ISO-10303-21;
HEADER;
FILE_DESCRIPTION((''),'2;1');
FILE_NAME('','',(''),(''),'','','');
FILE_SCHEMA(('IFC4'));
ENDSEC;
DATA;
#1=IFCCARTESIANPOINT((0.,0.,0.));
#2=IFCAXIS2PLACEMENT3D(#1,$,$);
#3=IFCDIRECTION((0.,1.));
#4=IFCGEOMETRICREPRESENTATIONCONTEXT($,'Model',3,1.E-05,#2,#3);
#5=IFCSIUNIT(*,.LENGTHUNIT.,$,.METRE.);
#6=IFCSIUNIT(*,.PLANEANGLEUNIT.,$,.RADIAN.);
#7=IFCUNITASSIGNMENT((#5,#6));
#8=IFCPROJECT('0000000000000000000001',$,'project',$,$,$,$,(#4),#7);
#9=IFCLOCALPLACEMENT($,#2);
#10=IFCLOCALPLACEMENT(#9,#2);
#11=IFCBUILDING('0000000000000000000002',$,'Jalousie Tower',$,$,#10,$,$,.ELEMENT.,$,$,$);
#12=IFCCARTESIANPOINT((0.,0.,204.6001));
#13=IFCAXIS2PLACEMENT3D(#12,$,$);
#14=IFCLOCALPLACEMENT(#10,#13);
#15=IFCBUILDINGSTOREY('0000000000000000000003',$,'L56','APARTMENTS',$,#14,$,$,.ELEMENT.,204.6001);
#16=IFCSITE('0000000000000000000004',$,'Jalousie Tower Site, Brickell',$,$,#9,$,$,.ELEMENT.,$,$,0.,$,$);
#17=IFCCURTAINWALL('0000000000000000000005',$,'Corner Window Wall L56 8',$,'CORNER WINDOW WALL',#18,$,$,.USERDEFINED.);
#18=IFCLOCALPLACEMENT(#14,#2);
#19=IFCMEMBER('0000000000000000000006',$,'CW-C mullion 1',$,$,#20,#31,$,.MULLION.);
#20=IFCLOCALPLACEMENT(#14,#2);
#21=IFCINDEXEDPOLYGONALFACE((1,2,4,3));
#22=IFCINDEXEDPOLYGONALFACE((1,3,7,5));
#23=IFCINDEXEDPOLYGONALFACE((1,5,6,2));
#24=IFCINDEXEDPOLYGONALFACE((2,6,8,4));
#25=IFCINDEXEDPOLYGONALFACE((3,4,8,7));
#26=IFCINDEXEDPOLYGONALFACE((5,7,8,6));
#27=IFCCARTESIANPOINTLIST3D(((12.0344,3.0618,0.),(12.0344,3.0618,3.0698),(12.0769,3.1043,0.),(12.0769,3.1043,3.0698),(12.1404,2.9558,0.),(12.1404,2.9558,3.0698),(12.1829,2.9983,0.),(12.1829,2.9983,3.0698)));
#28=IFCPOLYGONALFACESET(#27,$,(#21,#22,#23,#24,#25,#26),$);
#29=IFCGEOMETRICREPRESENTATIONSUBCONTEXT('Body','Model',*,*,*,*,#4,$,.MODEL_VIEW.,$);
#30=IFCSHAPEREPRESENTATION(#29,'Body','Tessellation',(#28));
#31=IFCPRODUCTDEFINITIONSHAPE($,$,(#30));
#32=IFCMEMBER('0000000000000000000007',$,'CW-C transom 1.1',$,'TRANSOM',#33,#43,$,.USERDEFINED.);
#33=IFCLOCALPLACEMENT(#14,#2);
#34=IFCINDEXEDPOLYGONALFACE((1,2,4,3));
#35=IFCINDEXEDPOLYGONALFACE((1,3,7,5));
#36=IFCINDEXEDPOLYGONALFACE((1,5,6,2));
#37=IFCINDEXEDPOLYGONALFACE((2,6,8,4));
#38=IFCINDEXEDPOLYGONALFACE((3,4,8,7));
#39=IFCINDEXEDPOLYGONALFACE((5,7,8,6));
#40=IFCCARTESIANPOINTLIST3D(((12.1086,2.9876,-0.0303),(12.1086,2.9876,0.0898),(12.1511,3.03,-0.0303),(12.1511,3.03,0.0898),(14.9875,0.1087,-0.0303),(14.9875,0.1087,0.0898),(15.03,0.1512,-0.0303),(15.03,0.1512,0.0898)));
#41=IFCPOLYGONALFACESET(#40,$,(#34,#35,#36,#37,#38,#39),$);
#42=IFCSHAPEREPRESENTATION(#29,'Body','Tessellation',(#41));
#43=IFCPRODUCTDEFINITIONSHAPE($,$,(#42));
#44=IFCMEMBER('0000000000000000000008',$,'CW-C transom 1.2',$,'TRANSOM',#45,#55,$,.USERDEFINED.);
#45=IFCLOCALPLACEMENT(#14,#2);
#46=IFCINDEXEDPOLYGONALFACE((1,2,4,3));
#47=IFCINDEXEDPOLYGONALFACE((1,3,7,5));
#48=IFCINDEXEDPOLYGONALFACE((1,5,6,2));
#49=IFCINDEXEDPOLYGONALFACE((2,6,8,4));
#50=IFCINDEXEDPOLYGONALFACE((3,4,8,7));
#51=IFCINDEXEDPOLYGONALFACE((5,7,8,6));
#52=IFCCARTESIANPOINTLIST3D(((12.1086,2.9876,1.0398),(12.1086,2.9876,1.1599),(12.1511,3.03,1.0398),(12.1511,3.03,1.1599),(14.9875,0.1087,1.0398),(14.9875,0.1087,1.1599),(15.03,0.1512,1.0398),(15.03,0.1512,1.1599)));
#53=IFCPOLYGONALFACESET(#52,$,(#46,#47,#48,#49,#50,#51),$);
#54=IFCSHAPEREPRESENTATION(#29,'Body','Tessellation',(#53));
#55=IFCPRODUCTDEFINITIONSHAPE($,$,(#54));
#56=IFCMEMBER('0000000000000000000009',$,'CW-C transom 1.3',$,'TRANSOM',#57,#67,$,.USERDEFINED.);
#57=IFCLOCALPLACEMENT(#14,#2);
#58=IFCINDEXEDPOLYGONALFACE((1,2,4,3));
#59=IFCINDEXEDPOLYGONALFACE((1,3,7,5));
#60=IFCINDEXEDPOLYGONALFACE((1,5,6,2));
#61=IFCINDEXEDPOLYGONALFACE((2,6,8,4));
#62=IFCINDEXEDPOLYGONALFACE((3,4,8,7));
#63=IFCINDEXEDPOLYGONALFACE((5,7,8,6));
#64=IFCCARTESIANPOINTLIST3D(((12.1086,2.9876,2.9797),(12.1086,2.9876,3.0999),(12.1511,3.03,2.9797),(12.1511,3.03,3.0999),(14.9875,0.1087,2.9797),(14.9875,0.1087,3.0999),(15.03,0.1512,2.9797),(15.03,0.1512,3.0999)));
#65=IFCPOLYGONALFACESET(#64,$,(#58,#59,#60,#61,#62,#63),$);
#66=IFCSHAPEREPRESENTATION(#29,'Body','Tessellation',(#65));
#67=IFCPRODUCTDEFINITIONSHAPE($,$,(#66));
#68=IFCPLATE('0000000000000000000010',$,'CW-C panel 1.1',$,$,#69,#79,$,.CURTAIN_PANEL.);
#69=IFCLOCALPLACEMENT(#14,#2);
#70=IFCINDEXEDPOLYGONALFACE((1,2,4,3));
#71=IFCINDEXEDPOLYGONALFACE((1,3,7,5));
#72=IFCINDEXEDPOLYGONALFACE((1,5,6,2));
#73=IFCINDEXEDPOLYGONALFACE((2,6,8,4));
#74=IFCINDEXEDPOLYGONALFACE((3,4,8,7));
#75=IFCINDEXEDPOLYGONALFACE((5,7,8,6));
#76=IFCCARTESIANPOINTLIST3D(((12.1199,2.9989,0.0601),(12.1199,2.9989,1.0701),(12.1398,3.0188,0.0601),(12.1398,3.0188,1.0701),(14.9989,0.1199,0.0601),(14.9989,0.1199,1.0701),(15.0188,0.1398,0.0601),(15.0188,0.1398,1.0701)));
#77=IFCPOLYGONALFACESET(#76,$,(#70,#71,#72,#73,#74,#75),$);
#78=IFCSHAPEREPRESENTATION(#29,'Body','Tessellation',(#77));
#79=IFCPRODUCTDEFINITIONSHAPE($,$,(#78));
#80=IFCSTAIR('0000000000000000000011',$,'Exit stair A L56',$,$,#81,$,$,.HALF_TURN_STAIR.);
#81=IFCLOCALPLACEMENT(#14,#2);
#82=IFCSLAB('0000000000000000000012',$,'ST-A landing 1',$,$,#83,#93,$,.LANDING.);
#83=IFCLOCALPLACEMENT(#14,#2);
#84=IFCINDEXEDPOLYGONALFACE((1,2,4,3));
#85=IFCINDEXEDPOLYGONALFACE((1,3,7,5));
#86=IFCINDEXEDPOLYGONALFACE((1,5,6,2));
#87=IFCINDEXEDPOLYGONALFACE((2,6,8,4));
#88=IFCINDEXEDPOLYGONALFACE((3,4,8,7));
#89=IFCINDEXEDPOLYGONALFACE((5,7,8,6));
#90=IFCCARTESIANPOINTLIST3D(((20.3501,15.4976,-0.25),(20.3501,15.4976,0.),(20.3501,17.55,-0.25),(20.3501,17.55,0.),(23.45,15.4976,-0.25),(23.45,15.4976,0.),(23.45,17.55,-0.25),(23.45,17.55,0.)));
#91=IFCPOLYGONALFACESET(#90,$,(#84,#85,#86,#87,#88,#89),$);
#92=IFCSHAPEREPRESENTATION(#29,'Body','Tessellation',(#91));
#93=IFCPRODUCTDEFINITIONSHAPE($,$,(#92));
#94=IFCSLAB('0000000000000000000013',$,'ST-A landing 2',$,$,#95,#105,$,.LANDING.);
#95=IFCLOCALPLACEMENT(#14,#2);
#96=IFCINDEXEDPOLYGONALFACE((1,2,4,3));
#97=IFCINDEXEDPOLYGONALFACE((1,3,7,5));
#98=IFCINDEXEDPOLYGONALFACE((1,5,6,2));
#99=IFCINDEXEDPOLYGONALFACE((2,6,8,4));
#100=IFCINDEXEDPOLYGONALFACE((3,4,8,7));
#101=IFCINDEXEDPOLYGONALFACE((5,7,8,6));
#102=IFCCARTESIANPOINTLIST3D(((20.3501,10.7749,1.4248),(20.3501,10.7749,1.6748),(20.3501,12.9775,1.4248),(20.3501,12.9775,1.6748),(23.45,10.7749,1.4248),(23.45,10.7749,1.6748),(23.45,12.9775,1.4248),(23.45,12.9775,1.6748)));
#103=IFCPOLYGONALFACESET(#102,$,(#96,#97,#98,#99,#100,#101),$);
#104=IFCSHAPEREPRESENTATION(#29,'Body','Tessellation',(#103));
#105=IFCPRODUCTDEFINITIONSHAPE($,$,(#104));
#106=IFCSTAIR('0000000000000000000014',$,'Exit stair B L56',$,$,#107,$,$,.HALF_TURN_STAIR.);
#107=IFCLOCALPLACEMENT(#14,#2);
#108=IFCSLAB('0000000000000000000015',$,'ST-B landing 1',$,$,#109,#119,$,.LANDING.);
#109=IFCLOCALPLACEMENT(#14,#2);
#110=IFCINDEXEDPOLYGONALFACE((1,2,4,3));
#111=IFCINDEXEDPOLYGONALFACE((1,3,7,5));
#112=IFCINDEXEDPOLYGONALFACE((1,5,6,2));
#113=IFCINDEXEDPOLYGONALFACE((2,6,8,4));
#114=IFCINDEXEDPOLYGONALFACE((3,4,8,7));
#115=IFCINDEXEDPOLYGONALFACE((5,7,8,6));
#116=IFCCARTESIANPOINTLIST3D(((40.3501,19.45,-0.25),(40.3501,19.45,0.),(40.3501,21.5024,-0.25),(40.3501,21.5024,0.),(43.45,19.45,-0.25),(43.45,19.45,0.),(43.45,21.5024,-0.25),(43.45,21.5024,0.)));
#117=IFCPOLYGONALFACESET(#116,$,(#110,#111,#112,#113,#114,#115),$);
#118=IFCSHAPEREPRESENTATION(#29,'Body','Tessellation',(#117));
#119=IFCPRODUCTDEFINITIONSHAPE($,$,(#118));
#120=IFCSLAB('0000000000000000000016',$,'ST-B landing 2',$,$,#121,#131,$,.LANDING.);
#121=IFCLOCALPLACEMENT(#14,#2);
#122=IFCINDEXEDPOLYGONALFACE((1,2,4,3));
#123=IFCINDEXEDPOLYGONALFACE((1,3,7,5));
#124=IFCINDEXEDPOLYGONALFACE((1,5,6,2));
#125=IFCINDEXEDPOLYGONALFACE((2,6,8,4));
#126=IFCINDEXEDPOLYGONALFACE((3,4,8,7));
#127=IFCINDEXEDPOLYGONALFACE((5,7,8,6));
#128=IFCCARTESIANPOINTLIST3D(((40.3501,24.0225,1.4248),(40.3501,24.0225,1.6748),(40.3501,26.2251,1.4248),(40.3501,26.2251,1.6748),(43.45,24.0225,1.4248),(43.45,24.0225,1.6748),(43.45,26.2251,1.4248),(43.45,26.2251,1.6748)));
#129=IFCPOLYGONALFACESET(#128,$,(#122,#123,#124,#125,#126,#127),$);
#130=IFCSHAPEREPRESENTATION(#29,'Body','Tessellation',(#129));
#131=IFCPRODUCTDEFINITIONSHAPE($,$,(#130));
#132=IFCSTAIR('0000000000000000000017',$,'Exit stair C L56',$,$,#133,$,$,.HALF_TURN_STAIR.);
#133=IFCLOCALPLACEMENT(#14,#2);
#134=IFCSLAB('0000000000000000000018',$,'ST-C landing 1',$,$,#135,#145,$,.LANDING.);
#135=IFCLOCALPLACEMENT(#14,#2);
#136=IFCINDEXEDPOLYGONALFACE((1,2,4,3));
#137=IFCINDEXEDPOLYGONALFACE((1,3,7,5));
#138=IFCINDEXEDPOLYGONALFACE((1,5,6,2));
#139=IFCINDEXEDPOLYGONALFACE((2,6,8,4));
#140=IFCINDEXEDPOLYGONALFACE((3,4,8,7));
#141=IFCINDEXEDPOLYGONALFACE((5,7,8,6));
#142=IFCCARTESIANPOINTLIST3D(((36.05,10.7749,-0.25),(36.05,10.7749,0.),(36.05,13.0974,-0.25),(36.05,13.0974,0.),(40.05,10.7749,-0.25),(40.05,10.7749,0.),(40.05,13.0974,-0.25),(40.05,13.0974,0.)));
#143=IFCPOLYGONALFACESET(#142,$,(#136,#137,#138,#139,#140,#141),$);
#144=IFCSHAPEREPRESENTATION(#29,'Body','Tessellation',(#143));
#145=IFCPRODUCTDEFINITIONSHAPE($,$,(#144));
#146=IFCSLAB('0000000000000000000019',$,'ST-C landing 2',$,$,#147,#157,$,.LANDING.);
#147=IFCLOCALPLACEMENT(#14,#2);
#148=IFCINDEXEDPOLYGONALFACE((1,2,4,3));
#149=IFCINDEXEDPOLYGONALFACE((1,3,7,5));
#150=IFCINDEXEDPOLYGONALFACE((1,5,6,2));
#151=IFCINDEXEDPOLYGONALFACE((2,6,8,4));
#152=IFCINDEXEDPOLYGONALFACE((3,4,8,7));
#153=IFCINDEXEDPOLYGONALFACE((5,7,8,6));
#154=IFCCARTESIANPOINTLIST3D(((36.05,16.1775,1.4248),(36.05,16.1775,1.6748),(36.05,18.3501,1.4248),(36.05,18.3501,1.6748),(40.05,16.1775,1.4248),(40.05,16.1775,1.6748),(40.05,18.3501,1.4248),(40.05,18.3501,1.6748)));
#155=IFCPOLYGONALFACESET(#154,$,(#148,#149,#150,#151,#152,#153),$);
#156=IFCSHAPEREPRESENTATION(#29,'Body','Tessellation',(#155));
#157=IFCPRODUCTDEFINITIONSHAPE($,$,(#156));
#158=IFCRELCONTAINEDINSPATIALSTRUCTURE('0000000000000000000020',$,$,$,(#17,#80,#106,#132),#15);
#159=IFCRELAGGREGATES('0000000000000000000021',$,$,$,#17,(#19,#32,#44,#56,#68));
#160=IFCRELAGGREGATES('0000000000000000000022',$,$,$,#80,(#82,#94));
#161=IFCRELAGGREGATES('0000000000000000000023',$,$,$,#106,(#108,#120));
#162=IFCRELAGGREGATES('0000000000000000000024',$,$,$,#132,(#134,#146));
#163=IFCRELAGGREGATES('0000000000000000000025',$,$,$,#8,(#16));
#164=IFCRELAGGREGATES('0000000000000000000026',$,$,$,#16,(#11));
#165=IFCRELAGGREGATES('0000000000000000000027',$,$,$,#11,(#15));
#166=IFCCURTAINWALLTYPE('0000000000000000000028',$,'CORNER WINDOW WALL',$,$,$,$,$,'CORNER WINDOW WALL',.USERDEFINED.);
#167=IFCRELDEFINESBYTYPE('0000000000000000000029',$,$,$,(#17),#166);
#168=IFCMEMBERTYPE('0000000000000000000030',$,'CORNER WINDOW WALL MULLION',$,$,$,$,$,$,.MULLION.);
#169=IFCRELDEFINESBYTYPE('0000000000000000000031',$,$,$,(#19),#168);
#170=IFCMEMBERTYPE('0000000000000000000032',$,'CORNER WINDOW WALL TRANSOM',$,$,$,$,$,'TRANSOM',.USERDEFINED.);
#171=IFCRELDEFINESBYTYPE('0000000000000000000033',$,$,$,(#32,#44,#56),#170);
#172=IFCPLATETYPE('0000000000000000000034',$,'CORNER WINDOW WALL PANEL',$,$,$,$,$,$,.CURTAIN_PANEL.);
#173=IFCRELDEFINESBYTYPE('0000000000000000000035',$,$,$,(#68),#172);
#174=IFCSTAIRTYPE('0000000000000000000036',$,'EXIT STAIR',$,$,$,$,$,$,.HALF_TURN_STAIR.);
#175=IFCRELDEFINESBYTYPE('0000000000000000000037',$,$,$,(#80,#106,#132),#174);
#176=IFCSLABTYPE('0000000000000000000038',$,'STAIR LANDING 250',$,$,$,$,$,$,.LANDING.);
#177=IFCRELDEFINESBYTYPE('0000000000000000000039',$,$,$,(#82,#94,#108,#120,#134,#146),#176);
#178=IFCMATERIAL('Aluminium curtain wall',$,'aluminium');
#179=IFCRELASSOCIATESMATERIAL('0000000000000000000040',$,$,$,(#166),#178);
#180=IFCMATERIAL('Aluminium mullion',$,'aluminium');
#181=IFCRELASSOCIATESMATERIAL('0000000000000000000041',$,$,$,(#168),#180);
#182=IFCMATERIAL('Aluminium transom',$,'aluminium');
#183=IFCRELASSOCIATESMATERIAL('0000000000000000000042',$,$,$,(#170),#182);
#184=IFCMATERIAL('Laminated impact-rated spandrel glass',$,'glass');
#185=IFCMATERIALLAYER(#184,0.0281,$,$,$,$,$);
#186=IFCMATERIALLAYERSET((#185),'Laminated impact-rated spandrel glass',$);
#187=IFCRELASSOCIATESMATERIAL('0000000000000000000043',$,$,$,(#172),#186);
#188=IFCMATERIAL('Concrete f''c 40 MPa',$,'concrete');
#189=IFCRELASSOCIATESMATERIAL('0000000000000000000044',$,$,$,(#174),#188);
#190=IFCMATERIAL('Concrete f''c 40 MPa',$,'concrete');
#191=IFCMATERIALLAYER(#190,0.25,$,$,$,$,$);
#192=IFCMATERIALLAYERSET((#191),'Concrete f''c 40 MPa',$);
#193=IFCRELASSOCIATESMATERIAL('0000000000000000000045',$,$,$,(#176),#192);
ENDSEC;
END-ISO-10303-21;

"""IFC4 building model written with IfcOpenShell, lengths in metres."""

from ifc_helpers import new_model, si_unit, direction, frame, origin, origin_2d, place, context, subcontext, project, spatial, polyline, rectangle, outline, extrude, material, layer, layer_set, material_profile, profile_set, type_object, element, aggregate, save


model = new_model("IFC4")

# Units and contexts
model_context = context("Model", 3, precision=1e-05, world=origin(), true_north=direction((0.0, 1.0)))
body_context = subcontext(model_context, "Body", "Model", "MODEL_VIEW")
ifc_project = project(units=[si_unit("LENGTHUNIT", "METRE"), si_unit("PLANEANGLEUNIT", "RADIAN")], contexts=[model_context])

# Site, building, storey
site_placement = place(None, origin())
site = spatial("IfcSite", under=ifc_project, at=site_placement, Name="Jalousie Tower Site, Brickell", CompositionType="ELEMENT", RefElevation=0.0)
building_placement = place(site_placement, origin())
building = spatial("IfcBuilding", under=site, at=building_placement, Name="Jalousie Tower", CompositionType="ELEMENT")
storey_placement = place(building_placement, frame((0.0, 0.0, 204.6001)))
storey = spatial("IfcBuildingStorey", under=building, at=storey_placement, Name="L56", Description="APARTMENTS", CompositionType="ELEMENT", Elevation=204.6001)

# Curtain wall, members, plate
ifc_material_1 = material(Name="Aluminium curtain wall", Category="aluminium")
curtain_wall_type = type_object("IfcCurtainWallType", Name="CORNER WINDOW WALL", ElementType="CORNER WINDOW WALL", PredefinedType="USERDEFINED", material=ifc_material_1)
curtain_wall_placement = place(storey_placement, origin())
curtain_wall = element("IfcCurtainWall", 1, at=curtain_wall_placement, inside=storey, type_object=curtain_wall_type, Name="Corner Window Wall L56 8", ObjectType="CORNER WINDOW WALL", PredefinedType="USERDEFINED")
ifc_material_2 = material(Name="Aluminium mullion", Category="aluminium")
ifc_material_profile_1 = material_profile(ifc_material_2, rectangle(XDim=0.0601, YDim=0.1499, at=origin_2d()), Name="MULLION 60x150")
ifc_profile_set_1 = profile_set([ifc_material_profile_1], Name="Aluminium mullion")
member_type_1 = type_object("IfcMemberType", Name="CORNER WINDOW WALL MULLION", PredefinedType="MULLION", material=ifc_profile_set_1)
member_1_placement = place(storey_placement, frame((12.1086, 3.03, 0.0), z_axis=(0.0, 0.0, 1.0), x_axis=(0.707107, 0.707107, 0.0)))
member_1 = element("IfcMember", 2, at=member_1_placement, type_object=member_type_1, Name="CW-C mullion 1", PredefinedType="MULLION", context=body_context, shape_type="SweptSolid", body=[
    extrude(rectangle(XDim=0.0601, YDim=0.1499, at=origin_2d()), origin(), (0.0, 0.0, 1.0), 3.0698),
])
ifc_material_3 = material(Name="Aluminium transom", Category="aluminium")
ifc_material_profile_2 = material_profile(ifc_material_3, rectangle(XDim=0.0601, YDim=0.1201, at=origin_2d()), Name="TRANSOM 60x120")
ifc_profile_set_2 = profile_set([ifc_material_profile_2], Name="Aluminium transom")
member_type_2 = type_object("IfcMemberType", Name="CORNER WINDOW WALL TRANSOM", ElementType="TRANSOM", PredefinedType="USERDEFINED", material=ifc_profile_set_2)
member_2_placement = place(storey_placement, frame((12.1299, 3.0088, 0.0298), z_axis=(0.707107, -0.707107, 0.0), x_axis=(0.707107, 0.707107, 0.0)))
member_2 = element("IfcMember", 3, at=member_2_placement, type_object=member_type_2, Name="CW-C transom 1.1", ObjectType="TRANSOM", PredefinedType="USERDEFINED", context=body_context, shape_type="SweptSolid", body=[
    extrude(rectangle(XDim=0.0601, YDim=0.1201, at=origin_2d()), origin(), (0.0, 0.0, 1.0), 4.0713),
])
member_3_placement = place(storey_placement, frame((12.1299, 3.0088, 1.0999), z_axis=(0.707107, -0.707107, 0.0), x_axis=(0.707107, 0.707107, 0.0)))
member_3 = element("IfcMember", 4, at=member_3_placement, type_object=member_type_2, Name="CW-C transom 1.2", ObjectType="TRANSOM", PredefinedType="USERDEFINED", context=body_context, shape_type="SweptSolid", body=[
    extrude(rectangle(XDim=0.0601, YDim=0.1201, at=origin_2d()), origin(), (0.0, 0.0, 1.0), 4.0713),
])
member_4_placement = place(storey_placement, frame((12.1299, 3.0088, 3.0398), z_axis=(0.707107, -0.707107, 0.0), x_axis=(0.707107, 0.707107, 0.0)))
member_4 = element("IfcMember", 5, at=member_4_placement, type_object=member_type_2, Name="CW-C transom 1.3", ObjectType="TRANSOM", PredefinedType="USERDEFINED", context=body_context, shape_type="SweptSolid", body=[
    extrude(rectangle(XDim=0.0601, YDim=0.1201, at=origin_2d()), origin(), (0.0, 0.0, 1.0), 4.0713),
])
ifc_material_4 = material(Name="Laminated impact-rated spandrel glass", Category="glass")
ifc_layer_1 = layer(ifc_material_4, 0.0281)
ifc_layer_set_1 = layer_set([ifc_layer_1], Name="Laminated impact-rated spandrel glass")
plate_type = type_object("IfcPlateType", Name="CORNER WINDOW WALL PANEL", PredefinedType="CURTAIN_PANEL", material=ifc_layer_set_1)
plate_placement = place(storey_placement, frame((13.5693, 1.5693, 0.0601), z_axis=(0.0, 0.0, 1.0), x_axis=(0.707107, -0.707107, 0.0)))
plate = element("IfcPlate", 6, at=plate_placement, type_object=plate_type, Name="CW-C panel 1.1", PredefinedType="CURTAIN_PANEL", context=body_context, shape_type="SweptSolid", body=[
    extrude(rectangle(XDim=4.0715, YDim=0.0281, at=origin_2d()), origin(), (0.0, 0.0, 1.0), 1.01),
])
aggregate(curtain_wall, [member_1, member_2, member_3, member_4, plate])

# Stairs, slabs
ifc_material_5 = material(Name="Concrete f'c 40 MPa", Category="concrete")
stair_type = type_object("IfcStairType", Name="EXIT STAIR", PredefinedType="HALF_TURN_STAIR", material=ifc_material_5)
stair_1_placement = place(storey_placement, origin())
stair_1 = element("IfcStair", 7, at=stair_1_placement, inside=storey, type_object=stair_type, Name="Exit stair A L56", PredefinedType="HALF_TURN_STAIR")
ifc_material_6 = material(Name="Concrete f'c 40 MPa", Category="concrete")
ifc_layer_2 = layer(ifc_material_6, 0.25)
ifc_layer_set_2 = layer_set([ifc_layer_2], Name="Concrete f'c 40 MPa")
slab_type_1 = type_object("IfcSlabType", Name="STAIR LANDING 250", PredefinedType="LANDING", material=ifc_layer_set_2)
slab_1_placement = place(storey_placement, frame((0.0, 0.0, -0.25)))
slab_1 = element("IfcSlab", 8, at=slab_1_placement, type_object=slab_type_1, Name="ST-A landing 1", PredefinedType="LANDING", context=body_context, shape_type="SweptSolid", body=[
    extrude(outline(polyline([(20.3501, 15.4976), (23.45, 15.4976), (23.45, 17.55), (20.3501, 17.55), (20.3501, 15.4976)])), origin(), (0.0, 0.0, 1.0), 0.25),
])
slab_2_placement = place(storey_placement, frame((0.0, 0.0, 1.4248)))
slab_2 = element("IfcSlab", 9, at=slab_2_placement, type_object=slab_type_1, Name="ST-A landing 2", PredefinedType="LANDING", context=body_context, shape_type="SweptSolid", body=[
    extrude(outline(polyline([(20.3501, 10.7749), (23.45, 10.7749), (23.45, 12.9775), (20.3501, 12.9775), (20.3501, 10.7749)])), origin(), (0.0, 0.0, 1.0), 0.25),
])
aggregate(stair_1, [slab_1, slab_2])
stair_2_placement = place(storey_placement, origin())
stair_2 = element("IfcStair", 10, at=stair_2_placement, inside=storey, type_object=stair_type, Name="Exit stair B L56", PredefinedType="HALF_TURN_STAIR")
slab_3_placement = place(storey_placement, frame((0.0, 0.0, -0.25)))
slab_3 = element("IfcSlab", 11, at=slab_3_placement, type_object=slab_type_1, Name="ST-B landing 1", PredefinedType="LANDING", context=body_context, shape_type="SweptSolid", body=[
    extrude(outline(polyline([(40.3501, 19.45), (43.45, 19.45), (43.45, 21.5024), (40.3501, 21.5024), (40.3501, 19.45)])), origin(), (0.0, 0.0, 1.0), 0.25),
])
slab_4_placement = place(storey_placement, frame((0.0, 0.0, 1.4248)))
slab_4 = element("IfcSlab", 12, at=slab_4_placement, type_object=slab_type_1, Name="ST-B landing 2", PredefinedType="LANDING", context=body_context, shape_type="SweptSolid", body=[
    extrude(outline(polyline([(40.3501, 24.0225), (43.45, 24.0225), (43.45, 26.2251), (40.3501, 26.2251), (40.3501, 24.0225)])), origin(), (0.0, 0.0, 1.0), 0.25),
])
aggregate(stair_2, [slab_3, slab_4])
stair_3_placement = place(storey_placement, origin())
stair_3 = element("IfcStair", 13, at=stair_3_placement, inside=storey, type_object=stair_type, Name="Exit stair C L56", PredefinedType="HALF_TURN_STAIR")
slab_5_placement = place(storey_placement, frame((0.0, 0.0, -0.25)))
slab_5 = element("IfcSlab", 14, at=slab_5_placement, type_object=slab_type_1, Name="ST-C landing 1", PredefinedType="LANDING", context=body_context, shape_type="SweptSolid", body=[
    extrude(outline(polyline([(36.05, 10.7749), (40.05, 10.7749), (40.05, 13.0974), (36.05, 13.0974), (36.05, 10.7749)])), origin(), (0.0, 0.0, 1.0), 0.25),
])
slab_6_placement = place(storey_placement, frame((0.0, 0.0, 1.4248)))
slab_6 = element("IfcSlab", 15, at=slab_6_placement, type_object=slab_type_1, Name="ST-C landing 2", PredefinedType="LANDING", context=body_context, shape_type="SweptSolid", body=[
    extrude(outline(polyline([(36.05, 16.1775), (40.05, 16.1775), (40.05, 18.3501), (36.05, 18.3501), (36.05, 16.1775)])), origin(), (0.0, 0.0, 1.0), 0.25),
])
aggregate(stair_3, [slab_5, slab_6])

save(model, "model.ifc")
